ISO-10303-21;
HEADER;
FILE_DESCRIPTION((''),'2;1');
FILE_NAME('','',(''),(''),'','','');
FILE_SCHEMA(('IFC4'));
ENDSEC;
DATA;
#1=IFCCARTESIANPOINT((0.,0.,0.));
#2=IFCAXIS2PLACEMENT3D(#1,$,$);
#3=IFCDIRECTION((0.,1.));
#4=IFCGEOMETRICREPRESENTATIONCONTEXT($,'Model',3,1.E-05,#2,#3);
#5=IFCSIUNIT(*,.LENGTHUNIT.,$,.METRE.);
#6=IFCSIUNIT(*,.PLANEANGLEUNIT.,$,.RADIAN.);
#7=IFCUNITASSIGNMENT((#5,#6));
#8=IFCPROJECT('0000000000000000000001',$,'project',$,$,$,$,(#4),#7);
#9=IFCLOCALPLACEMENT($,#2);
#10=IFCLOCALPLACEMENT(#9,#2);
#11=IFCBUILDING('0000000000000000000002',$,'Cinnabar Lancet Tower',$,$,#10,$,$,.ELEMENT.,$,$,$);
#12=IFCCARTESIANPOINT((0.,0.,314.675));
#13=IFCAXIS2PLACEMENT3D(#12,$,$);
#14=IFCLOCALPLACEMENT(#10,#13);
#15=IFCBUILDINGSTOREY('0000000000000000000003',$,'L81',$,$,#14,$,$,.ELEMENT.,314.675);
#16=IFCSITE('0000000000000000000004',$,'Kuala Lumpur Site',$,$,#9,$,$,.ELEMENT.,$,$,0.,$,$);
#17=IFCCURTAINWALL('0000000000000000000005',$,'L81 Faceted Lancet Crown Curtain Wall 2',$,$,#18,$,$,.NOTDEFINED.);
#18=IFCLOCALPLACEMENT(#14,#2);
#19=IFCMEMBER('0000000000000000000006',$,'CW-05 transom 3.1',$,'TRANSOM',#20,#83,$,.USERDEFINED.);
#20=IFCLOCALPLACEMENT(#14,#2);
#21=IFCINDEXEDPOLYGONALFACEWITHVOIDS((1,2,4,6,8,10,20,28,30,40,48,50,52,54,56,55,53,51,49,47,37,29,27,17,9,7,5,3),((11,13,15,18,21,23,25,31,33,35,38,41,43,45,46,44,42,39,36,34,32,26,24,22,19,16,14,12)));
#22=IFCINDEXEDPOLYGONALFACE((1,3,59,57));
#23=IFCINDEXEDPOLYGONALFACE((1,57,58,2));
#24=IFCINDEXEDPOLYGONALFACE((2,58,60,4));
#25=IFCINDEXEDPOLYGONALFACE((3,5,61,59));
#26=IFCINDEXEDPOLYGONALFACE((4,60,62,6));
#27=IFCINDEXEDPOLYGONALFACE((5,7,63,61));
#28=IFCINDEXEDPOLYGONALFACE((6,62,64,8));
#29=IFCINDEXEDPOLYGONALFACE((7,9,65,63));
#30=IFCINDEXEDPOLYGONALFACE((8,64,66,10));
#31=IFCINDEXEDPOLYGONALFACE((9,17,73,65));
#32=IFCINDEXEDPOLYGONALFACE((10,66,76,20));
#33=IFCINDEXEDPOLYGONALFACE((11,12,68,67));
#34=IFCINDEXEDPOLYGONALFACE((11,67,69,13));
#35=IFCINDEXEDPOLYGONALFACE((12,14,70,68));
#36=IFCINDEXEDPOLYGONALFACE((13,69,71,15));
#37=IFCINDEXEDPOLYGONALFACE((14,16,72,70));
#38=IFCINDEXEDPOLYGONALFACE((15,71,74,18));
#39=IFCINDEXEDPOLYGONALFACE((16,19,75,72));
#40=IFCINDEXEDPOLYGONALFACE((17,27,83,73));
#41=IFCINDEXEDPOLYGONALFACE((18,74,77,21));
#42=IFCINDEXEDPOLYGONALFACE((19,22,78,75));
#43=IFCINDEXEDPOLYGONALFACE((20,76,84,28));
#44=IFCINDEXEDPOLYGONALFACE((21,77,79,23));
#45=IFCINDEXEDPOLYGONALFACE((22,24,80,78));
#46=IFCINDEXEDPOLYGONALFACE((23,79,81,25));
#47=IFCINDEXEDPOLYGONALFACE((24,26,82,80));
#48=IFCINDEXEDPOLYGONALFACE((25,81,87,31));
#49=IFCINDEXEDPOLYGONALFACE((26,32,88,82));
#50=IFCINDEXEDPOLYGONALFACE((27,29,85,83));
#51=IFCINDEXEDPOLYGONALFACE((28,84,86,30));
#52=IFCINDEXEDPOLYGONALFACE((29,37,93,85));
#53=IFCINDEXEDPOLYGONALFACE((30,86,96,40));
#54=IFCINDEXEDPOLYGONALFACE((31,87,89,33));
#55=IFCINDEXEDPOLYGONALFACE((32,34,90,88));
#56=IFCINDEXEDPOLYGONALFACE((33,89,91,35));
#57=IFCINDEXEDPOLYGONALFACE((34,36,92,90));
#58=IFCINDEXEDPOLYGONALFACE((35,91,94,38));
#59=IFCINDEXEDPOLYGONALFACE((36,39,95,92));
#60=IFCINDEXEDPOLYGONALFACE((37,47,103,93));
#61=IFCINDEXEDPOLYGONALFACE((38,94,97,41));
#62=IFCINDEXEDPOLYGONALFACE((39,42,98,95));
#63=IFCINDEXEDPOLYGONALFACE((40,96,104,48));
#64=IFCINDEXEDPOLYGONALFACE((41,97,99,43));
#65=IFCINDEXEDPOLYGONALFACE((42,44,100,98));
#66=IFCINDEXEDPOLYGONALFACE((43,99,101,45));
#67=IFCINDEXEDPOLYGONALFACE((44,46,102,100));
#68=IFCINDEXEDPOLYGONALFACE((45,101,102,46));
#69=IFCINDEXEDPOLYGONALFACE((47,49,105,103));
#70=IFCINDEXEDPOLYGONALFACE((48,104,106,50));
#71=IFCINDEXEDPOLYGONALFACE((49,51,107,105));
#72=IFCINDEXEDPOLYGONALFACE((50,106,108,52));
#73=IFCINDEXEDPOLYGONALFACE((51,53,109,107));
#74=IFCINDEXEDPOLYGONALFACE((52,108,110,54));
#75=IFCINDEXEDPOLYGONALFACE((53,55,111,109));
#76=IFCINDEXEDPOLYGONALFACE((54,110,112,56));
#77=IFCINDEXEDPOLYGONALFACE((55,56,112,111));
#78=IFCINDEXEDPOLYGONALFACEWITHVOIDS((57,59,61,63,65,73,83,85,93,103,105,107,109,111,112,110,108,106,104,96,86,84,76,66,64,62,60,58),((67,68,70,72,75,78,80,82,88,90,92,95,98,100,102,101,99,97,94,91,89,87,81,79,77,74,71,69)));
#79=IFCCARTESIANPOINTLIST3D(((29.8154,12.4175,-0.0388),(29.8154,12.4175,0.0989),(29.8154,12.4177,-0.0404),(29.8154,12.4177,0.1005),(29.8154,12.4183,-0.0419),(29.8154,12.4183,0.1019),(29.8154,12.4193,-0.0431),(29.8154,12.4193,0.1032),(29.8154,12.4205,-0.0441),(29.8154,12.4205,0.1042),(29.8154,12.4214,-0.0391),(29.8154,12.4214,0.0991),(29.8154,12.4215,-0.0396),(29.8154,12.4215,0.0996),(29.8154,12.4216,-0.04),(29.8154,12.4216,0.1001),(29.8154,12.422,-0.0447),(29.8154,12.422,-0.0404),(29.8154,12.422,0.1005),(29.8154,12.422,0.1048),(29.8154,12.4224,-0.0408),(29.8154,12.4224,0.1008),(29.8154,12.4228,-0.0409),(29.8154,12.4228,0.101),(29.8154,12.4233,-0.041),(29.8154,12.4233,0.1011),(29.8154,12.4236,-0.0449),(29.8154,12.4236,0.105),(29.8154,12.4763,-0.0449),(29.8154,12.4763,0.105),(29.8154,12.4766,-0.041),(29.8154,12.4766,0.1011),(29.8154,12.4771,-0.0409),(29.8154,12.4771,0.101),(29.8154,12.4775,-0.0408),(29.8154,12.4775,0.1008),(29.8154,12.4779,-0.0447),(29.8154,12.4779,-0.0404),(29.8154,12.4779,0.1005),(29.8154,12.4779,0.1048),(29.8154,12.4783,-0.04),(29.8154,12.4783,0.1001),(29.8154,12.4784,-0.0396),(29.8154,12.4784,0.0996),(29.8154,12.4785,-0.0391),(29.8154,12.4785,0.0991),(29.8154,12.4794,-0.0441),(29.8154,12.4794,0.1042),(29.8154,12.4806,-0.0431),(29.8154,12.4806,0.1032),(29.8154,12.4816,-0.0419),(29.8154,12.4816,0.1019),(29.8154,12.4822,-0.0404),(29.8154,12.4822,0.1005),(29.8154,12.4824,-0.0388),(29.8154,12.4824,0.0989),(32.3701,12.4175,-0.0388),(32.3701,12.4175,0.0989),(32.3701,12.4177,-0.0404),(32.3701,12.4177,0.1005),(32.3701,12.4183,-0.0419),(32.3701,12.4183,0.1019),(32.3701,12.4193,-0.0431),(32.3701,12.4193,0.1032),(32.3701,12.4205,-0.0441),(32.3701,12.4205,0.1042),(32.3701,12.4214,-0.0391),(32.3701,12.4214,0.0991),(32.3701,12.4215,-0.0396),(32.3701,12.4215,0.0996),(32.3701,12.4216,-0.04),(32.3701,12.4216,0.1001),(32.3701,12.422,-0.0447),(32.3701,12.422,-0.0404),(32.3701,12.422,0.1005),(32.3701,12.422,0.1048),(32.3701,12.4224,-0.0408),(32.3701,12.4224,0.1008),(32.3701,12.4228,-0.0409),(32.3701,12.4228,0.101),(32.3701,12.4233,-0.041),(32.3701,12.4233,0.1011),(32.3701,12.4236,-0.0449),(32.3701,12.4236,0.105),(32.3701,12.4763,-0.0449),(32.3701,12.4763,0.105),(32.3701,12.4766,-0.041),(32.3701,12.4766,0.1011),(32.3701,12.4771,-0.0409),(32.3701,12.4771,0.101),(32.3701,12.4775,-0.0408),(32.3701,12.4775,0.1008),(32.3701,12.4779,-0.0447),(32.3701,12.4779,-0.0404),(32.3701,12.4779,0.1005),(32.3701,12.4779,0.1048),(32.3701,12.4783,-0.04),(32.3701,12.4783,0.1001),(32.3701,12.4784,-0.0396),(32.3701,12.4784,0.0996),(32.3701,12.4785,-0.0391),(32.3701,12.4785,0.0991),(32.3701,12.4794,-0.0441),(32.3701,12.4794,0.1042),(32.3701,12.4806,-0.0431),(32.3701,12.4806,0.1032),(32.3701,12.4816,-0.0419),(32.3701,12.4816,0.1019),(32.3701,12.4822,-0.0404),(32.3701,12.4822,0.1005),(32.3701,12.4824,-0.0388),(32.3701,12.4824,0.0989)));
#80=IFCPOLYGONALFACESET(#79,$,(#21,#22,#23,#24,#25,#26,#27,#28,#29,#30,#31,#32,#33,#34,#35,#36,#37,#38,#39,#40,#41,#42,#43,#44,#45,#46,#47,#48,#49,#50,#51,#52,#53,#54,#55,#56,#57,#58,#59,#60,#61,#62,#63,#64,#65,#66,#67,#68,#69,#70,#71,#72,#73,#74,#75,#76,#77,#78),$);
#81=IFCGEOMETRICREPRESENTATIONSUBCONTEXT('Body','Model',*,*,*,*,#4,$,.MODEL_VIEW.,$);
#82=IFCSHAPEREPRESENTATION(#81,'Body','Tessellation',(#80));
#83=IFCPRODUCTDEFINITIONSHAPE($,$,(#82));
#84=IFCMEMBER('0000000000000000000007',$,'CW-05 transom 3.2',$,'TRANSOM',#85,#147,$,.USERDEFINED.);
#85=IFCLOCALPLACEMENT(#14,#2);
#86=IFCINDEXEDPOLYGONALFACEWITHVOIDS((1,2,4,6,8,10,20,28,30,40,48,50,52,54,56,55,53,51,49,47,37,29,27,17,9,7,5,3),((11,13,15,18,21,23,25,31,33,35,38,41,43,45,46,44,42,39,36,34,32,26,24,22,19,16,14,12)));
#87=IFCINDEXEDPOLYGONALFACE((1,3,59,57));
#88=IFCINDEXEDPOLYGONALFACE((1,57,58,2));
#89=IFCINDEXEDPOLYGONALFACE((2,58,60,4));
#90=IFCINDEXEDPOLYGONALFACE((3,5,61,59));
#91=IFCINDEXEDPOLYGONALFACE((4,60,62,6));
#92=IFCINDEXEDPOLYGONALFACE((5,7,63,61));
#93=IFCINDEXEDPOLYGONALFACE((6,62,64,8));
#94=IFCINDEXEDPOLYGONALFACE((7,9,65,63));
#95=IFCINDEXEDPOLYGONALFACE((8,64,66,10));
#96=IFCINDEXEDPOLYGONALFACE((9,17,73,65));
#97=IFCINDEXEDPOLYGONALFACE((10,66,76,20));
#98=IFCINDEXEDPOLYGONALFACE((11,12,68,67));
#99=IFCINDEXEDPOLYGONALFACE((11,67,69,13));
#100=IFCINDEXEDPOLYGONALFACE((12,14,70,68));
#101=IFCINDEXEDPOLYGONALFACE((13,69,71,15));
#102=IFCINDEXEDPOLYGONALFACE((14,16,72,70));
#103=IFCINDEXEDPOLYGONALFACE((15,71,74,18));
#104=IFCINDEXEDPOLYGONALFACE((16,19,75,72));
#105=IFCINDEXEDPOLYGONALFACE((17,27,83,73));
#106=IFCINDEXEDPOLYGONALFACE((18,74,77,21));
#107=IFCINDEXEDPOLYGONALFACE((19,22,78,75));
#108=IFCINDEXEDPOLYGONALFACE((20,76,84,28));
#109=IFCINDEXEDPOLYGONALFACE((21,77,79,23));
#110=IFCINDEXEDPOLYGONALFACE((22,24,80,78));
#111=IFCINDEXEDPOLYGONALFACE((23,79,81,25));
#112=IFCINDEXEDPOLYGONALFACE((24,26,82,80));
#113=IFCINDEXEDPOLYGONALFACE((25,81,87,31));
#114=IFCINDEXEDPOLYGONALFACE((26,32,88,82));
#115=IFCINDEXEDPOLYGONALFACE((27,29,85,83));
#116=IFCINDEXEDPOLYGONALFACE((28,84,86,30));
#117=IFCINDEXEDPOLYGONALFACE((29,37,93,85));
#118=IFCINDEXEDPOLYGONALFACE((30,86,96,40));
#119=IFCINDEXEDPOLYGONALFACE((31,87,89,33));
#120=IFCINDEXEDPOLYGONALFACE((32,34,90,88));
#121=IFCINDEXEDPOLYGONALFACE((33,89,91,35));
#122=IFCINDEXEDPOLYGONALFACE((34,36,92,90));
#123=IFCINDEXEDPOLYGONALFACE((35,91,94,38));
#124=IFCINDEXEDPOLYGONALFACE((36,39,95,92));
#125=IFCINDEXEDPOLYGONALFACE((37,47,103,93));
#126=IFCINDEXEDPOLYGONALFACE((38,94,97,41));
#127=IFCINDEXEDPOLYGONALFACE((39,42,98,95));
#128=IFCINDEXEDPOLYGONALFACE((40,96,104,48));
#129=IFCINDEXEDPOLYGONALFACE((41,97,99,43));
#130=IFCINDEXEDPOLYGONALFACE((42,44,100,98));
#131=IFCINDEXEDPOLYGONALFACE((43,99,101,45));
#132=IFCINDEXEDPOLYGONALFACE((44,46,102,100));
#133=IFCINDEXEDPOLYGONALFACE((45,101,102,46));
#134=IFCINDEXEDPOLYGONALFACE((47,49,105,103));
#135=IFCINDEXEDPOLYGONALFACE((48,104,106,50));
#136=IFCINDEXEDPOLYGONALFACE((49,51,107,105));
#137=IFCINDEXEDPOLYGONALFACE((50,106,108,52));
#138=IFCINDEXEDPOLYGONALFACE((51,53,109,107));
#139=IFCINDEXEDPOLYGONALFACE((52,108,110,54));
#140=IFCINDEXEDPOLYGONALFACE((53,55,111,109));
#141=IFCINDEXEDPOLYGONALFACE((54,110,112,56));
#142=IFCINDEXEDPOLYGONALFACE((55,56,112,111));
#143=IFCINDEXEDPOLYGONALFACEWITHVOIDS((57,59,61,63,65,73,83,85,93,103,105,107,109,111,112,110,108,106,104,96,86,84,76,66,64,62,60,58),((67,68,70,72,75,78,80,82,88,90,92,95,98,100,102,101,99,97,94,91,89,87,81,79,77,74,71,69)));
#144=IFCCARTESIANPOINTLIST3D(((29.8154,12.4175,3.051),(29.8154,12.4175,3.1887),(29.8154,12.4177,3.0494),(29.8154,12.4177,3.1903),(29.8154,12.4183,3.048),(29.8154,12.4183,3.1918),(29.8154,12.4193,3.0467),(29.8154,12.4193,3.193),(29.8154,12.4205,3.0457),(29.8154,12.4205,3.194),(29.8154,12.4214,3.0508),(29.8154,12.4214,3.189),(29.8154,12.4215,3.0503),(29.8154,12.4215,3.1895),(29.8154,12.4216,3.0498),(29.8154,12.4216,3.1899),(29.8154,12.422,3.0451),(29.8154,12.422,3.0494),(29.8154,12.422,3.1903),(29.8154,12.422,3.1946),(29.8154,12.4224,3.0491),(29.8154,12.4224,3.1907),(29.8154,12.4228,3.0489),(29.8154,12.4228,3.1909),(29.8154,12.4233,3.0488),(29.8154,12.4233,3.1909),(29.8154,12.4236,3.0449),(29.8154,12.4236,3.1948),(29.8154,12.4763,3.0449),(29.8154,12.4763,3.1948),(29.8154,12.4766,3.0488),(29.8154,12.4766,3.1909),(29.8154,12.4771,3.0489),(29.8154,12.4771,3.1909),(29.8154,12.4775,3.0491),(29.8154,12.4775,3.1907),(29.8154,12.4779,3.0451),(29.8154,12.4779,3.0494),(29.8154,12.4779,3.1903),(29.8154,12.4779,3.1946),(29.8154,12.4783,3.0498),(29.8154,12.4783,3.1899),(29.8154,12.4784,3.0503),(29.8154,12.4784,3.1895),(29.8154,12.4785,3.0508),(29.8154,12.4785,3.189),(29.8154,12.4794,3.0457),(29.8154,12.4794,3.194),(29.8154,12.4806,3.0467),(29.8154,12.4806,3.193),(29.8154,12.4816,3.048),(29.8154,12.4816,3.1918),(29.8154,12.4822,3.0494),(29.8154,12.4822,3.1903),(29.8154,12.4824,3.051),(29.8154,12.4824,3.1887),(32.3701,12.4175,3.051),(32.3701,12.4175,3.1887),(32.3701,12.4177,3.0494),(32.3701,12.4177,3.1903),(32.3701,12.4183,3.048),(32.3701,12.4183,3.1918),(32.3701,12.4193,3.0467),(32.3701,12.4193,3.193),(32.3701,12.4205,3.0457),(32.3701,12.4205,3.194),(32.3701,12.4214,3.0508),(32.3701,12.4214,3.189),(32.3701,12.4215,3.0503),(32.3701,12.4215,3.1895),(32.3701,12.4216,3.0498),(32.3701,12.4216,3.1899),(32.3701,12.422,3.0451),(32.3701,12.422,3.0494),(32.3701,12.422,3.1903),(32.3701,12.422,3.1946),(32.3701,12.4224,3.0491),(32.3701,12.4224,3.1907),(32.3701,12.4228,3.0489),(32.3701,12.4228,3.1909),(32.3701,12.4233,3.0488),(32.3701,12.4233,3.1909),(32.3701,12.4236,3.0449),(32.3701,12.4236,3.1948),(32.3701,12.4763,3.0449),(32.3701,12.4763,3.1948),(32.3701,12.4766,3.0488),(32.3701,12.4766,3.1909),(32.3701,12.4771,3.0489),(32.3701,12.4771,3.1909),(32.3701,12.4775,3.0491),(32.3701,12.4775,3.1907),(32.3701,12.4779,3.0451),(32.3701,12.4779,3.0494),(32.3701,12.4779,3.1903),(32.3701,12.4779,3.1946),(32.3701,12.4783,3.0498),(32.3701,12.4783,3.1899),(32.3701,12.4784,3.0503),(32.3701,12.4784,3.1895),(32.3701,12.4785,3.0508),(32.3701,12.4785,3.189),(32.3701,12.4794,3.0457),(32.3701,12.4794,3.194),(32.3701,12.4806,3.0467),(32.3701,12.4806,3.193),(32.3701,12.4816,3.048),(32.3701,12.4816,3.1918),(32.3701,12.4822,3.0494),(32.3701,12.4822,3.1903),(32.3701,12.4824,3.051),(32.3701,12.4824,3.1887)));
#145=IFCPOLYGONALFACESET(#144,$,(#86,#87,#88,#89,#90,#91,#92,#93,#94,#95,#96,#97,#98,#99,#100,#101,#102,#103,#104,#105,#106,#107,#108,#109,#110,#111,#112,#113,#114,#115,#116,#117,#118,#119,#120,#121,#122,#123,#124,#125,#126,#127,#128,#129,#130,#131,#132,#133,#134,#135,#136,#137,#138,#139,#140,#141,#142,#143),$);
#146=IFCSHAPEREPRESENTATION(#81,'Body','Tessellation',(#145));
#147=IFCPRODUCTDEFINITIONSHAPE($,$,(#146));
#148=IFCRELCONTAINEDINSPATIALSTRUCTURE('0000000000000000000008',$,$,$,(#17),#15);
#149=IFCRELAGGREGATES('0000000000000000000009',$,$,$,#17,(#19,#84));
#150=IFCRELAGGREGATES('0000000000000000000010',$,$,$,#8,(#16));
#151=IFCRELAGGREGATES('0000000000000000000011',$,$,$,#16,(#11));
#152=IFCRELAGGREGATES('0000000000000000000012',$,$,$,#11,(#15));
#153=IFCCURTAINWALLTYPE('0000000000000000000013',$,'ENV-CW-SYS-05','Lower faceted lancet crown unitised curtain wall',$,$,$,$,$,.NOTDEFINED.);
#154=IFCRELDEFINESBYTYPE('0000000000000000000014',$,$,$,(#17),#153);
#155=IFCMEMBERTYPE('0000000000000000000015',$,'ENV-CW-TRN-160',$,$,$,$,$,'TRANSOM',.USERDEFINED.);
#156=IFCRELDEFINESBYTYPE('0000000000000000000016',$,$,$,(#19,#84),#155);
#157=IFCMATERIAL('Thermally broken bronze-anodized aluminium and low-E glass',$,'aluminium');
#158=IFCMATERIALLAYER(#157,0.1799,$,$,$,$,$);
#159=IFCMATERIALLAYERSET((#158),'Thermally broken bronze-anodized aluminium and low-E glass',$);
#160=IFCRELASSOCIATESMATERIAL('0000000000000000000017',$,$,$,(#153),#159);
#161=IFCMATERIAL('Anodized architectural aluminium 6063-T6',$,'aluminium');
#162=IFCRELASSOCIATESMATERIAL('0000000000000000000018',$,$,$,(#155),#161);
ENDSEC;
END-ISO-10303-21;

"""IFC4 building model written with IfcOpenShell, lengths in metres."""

from ifc_helpers import new_model, si_unit, direction, frame, origin, origin_2d, place, context, subcontext, project, spatial, hollow_rectangle, extrude, material, layer, layer_set, material_profile, profile_set, type_object, element, aggregate, save


model = new_model("IFC4")

# Units and contexts
model_context = context("Model", 3, precision=1e-05, world=origin(), true_north=direction((0.0, 1.0)))
body_context = subcontext(model_context, "Body", "Model", "MODEL_VIEW")
ifc_project = project(units=[si_unit("LENGTHUNIT", "METRE"), si_unit("PLANEANGLEUNIT", "RADIAN")], contexts=[model_context])

# Site, building, storey
site_placement = place(None, origin())
site = spatial("IfcSite", under=ifc_project, at=site_placement, Name="Kuala Lumpur Site", CompositionType="ELEMENT", RefElevation=0.0)
building_placement = place(site_placement, origin())
building = spatial("IfcBuilding", under=site, at=building_placement, Name="Cinnabar Lancet Tower", CompositionType="ELEMENT")
storey_placement = place(building_placement, frame((0.0, 0.0, 314.675)))
storey = spatial("IfcBuildingStorey", under=building, at=storey_placement, Name="L81", CompositionType="ELEMENT", Elevation=314.675)

# Shared definitions
ifc_material_1 = material(Name="Thermally broken bronze-anodized aluminium and low-E glass", Category="aluminium")
ifc_layer_1 = layer(ifc_material_1, 0.1799)
ifc_layer_set_1 = layer_set([ifc_layer_1], Name="Thermally broken bronze-anodized aluminium and low-E glass")
curtain_wall_type = type_object("IfcCurtainWallType", Name="ENV-CW-SYS-05", Description="Lower faceted lancet crown unitised curtain wall", PredefinedType="NOTDEFINED", material=ifc_layer_set_1)

# Curtain wall, members
curtain_wall_1_placement = place(storey_placement, origin())
curtain_wall_1 = element("IfcCurtainWall", 1, at=curtain_wall_1_placement, inside=storey, type_object=curtain_wall_type, Name="L81 Faceted Lancet Crown Curtain Wall 2", PredefinedType="NOTDEFINED")
ifc_material_2 = material(Name="Anodized architectural aluminium 6063-T6", Category="aluminium")
ifc_material_profile_1 = material_profile(ifc_material_2, hollow_rectangle(XDim=0.0649, YDim=0.1499, WallThickness=0.0039, InnerFilletRadius=0.002, OuterFilletRadius=0.0061, at=origin_2d()), Name="CW-TRN 150x65x4")
ifc_profile_set_1 = profile_set([ifc_material_profile_1], Name="Anodized architectural aluminium 6063-T6")
member_type_1 = type_object("IfcMemberType", Name="ENV-CW-TRN-160", ElementType="TRANSOM", PredefinedType="USERDEFINED", material=ifc_profile_set_1)
member_1_placement = place(storey_placement, frame((29.8154, 12.45, 0.03), z_axis=(1.0, 0.0, 0.0), x_axis=(0.0, 1.0, 0.0)))
member_1 = element("IfcMember", 2, at=member_1_placement, type_object=member_type_1, Name="CW-05 transom 3.1", ObjectType="TRANSOM", PredefinedType="USERDEFINED", context=body_context, shape_type="SweptSolid", body=[
    extrude(hollow_rectangle(XDim=0.0649, YDim=0.1499, WallThickness=0.0039, InnerFilletRadius=0.002, OuterFilletRadius=0.0061, at=origin_2d()), origin(), (0.0, 0.0, 1.0), 2.5547),
])
member_2_placement = place(storey_placement, frame((29.8154, 12.45, 3.1199), z_axis=(1.0, 0.0, 0.0), x_axis=(0.0, 1.0, 0.0)))
member_2 = element("IfcMember", 3, at=member_2_placement, type_object=member_type_1, Name="CW-05 transom 3.2", ObjectType="TRANSOM", PredefinedType="USERDEFINED", context=body_context, shape_type="SweptSolid", body=[
    extrude(hollow_rectangle(XDim=0.0649, YDim=0.1499, WallThickness=0.0039, InnerFilletRadius=0.002, OuterFilletRadius=0.0061, at=origin_2d()), origin(), (0.0, 0.0, 1.0), 2.5547),
])

aggregate(curtain_wall_1, [member_1, member_2])

save(model, "model.ifc")
